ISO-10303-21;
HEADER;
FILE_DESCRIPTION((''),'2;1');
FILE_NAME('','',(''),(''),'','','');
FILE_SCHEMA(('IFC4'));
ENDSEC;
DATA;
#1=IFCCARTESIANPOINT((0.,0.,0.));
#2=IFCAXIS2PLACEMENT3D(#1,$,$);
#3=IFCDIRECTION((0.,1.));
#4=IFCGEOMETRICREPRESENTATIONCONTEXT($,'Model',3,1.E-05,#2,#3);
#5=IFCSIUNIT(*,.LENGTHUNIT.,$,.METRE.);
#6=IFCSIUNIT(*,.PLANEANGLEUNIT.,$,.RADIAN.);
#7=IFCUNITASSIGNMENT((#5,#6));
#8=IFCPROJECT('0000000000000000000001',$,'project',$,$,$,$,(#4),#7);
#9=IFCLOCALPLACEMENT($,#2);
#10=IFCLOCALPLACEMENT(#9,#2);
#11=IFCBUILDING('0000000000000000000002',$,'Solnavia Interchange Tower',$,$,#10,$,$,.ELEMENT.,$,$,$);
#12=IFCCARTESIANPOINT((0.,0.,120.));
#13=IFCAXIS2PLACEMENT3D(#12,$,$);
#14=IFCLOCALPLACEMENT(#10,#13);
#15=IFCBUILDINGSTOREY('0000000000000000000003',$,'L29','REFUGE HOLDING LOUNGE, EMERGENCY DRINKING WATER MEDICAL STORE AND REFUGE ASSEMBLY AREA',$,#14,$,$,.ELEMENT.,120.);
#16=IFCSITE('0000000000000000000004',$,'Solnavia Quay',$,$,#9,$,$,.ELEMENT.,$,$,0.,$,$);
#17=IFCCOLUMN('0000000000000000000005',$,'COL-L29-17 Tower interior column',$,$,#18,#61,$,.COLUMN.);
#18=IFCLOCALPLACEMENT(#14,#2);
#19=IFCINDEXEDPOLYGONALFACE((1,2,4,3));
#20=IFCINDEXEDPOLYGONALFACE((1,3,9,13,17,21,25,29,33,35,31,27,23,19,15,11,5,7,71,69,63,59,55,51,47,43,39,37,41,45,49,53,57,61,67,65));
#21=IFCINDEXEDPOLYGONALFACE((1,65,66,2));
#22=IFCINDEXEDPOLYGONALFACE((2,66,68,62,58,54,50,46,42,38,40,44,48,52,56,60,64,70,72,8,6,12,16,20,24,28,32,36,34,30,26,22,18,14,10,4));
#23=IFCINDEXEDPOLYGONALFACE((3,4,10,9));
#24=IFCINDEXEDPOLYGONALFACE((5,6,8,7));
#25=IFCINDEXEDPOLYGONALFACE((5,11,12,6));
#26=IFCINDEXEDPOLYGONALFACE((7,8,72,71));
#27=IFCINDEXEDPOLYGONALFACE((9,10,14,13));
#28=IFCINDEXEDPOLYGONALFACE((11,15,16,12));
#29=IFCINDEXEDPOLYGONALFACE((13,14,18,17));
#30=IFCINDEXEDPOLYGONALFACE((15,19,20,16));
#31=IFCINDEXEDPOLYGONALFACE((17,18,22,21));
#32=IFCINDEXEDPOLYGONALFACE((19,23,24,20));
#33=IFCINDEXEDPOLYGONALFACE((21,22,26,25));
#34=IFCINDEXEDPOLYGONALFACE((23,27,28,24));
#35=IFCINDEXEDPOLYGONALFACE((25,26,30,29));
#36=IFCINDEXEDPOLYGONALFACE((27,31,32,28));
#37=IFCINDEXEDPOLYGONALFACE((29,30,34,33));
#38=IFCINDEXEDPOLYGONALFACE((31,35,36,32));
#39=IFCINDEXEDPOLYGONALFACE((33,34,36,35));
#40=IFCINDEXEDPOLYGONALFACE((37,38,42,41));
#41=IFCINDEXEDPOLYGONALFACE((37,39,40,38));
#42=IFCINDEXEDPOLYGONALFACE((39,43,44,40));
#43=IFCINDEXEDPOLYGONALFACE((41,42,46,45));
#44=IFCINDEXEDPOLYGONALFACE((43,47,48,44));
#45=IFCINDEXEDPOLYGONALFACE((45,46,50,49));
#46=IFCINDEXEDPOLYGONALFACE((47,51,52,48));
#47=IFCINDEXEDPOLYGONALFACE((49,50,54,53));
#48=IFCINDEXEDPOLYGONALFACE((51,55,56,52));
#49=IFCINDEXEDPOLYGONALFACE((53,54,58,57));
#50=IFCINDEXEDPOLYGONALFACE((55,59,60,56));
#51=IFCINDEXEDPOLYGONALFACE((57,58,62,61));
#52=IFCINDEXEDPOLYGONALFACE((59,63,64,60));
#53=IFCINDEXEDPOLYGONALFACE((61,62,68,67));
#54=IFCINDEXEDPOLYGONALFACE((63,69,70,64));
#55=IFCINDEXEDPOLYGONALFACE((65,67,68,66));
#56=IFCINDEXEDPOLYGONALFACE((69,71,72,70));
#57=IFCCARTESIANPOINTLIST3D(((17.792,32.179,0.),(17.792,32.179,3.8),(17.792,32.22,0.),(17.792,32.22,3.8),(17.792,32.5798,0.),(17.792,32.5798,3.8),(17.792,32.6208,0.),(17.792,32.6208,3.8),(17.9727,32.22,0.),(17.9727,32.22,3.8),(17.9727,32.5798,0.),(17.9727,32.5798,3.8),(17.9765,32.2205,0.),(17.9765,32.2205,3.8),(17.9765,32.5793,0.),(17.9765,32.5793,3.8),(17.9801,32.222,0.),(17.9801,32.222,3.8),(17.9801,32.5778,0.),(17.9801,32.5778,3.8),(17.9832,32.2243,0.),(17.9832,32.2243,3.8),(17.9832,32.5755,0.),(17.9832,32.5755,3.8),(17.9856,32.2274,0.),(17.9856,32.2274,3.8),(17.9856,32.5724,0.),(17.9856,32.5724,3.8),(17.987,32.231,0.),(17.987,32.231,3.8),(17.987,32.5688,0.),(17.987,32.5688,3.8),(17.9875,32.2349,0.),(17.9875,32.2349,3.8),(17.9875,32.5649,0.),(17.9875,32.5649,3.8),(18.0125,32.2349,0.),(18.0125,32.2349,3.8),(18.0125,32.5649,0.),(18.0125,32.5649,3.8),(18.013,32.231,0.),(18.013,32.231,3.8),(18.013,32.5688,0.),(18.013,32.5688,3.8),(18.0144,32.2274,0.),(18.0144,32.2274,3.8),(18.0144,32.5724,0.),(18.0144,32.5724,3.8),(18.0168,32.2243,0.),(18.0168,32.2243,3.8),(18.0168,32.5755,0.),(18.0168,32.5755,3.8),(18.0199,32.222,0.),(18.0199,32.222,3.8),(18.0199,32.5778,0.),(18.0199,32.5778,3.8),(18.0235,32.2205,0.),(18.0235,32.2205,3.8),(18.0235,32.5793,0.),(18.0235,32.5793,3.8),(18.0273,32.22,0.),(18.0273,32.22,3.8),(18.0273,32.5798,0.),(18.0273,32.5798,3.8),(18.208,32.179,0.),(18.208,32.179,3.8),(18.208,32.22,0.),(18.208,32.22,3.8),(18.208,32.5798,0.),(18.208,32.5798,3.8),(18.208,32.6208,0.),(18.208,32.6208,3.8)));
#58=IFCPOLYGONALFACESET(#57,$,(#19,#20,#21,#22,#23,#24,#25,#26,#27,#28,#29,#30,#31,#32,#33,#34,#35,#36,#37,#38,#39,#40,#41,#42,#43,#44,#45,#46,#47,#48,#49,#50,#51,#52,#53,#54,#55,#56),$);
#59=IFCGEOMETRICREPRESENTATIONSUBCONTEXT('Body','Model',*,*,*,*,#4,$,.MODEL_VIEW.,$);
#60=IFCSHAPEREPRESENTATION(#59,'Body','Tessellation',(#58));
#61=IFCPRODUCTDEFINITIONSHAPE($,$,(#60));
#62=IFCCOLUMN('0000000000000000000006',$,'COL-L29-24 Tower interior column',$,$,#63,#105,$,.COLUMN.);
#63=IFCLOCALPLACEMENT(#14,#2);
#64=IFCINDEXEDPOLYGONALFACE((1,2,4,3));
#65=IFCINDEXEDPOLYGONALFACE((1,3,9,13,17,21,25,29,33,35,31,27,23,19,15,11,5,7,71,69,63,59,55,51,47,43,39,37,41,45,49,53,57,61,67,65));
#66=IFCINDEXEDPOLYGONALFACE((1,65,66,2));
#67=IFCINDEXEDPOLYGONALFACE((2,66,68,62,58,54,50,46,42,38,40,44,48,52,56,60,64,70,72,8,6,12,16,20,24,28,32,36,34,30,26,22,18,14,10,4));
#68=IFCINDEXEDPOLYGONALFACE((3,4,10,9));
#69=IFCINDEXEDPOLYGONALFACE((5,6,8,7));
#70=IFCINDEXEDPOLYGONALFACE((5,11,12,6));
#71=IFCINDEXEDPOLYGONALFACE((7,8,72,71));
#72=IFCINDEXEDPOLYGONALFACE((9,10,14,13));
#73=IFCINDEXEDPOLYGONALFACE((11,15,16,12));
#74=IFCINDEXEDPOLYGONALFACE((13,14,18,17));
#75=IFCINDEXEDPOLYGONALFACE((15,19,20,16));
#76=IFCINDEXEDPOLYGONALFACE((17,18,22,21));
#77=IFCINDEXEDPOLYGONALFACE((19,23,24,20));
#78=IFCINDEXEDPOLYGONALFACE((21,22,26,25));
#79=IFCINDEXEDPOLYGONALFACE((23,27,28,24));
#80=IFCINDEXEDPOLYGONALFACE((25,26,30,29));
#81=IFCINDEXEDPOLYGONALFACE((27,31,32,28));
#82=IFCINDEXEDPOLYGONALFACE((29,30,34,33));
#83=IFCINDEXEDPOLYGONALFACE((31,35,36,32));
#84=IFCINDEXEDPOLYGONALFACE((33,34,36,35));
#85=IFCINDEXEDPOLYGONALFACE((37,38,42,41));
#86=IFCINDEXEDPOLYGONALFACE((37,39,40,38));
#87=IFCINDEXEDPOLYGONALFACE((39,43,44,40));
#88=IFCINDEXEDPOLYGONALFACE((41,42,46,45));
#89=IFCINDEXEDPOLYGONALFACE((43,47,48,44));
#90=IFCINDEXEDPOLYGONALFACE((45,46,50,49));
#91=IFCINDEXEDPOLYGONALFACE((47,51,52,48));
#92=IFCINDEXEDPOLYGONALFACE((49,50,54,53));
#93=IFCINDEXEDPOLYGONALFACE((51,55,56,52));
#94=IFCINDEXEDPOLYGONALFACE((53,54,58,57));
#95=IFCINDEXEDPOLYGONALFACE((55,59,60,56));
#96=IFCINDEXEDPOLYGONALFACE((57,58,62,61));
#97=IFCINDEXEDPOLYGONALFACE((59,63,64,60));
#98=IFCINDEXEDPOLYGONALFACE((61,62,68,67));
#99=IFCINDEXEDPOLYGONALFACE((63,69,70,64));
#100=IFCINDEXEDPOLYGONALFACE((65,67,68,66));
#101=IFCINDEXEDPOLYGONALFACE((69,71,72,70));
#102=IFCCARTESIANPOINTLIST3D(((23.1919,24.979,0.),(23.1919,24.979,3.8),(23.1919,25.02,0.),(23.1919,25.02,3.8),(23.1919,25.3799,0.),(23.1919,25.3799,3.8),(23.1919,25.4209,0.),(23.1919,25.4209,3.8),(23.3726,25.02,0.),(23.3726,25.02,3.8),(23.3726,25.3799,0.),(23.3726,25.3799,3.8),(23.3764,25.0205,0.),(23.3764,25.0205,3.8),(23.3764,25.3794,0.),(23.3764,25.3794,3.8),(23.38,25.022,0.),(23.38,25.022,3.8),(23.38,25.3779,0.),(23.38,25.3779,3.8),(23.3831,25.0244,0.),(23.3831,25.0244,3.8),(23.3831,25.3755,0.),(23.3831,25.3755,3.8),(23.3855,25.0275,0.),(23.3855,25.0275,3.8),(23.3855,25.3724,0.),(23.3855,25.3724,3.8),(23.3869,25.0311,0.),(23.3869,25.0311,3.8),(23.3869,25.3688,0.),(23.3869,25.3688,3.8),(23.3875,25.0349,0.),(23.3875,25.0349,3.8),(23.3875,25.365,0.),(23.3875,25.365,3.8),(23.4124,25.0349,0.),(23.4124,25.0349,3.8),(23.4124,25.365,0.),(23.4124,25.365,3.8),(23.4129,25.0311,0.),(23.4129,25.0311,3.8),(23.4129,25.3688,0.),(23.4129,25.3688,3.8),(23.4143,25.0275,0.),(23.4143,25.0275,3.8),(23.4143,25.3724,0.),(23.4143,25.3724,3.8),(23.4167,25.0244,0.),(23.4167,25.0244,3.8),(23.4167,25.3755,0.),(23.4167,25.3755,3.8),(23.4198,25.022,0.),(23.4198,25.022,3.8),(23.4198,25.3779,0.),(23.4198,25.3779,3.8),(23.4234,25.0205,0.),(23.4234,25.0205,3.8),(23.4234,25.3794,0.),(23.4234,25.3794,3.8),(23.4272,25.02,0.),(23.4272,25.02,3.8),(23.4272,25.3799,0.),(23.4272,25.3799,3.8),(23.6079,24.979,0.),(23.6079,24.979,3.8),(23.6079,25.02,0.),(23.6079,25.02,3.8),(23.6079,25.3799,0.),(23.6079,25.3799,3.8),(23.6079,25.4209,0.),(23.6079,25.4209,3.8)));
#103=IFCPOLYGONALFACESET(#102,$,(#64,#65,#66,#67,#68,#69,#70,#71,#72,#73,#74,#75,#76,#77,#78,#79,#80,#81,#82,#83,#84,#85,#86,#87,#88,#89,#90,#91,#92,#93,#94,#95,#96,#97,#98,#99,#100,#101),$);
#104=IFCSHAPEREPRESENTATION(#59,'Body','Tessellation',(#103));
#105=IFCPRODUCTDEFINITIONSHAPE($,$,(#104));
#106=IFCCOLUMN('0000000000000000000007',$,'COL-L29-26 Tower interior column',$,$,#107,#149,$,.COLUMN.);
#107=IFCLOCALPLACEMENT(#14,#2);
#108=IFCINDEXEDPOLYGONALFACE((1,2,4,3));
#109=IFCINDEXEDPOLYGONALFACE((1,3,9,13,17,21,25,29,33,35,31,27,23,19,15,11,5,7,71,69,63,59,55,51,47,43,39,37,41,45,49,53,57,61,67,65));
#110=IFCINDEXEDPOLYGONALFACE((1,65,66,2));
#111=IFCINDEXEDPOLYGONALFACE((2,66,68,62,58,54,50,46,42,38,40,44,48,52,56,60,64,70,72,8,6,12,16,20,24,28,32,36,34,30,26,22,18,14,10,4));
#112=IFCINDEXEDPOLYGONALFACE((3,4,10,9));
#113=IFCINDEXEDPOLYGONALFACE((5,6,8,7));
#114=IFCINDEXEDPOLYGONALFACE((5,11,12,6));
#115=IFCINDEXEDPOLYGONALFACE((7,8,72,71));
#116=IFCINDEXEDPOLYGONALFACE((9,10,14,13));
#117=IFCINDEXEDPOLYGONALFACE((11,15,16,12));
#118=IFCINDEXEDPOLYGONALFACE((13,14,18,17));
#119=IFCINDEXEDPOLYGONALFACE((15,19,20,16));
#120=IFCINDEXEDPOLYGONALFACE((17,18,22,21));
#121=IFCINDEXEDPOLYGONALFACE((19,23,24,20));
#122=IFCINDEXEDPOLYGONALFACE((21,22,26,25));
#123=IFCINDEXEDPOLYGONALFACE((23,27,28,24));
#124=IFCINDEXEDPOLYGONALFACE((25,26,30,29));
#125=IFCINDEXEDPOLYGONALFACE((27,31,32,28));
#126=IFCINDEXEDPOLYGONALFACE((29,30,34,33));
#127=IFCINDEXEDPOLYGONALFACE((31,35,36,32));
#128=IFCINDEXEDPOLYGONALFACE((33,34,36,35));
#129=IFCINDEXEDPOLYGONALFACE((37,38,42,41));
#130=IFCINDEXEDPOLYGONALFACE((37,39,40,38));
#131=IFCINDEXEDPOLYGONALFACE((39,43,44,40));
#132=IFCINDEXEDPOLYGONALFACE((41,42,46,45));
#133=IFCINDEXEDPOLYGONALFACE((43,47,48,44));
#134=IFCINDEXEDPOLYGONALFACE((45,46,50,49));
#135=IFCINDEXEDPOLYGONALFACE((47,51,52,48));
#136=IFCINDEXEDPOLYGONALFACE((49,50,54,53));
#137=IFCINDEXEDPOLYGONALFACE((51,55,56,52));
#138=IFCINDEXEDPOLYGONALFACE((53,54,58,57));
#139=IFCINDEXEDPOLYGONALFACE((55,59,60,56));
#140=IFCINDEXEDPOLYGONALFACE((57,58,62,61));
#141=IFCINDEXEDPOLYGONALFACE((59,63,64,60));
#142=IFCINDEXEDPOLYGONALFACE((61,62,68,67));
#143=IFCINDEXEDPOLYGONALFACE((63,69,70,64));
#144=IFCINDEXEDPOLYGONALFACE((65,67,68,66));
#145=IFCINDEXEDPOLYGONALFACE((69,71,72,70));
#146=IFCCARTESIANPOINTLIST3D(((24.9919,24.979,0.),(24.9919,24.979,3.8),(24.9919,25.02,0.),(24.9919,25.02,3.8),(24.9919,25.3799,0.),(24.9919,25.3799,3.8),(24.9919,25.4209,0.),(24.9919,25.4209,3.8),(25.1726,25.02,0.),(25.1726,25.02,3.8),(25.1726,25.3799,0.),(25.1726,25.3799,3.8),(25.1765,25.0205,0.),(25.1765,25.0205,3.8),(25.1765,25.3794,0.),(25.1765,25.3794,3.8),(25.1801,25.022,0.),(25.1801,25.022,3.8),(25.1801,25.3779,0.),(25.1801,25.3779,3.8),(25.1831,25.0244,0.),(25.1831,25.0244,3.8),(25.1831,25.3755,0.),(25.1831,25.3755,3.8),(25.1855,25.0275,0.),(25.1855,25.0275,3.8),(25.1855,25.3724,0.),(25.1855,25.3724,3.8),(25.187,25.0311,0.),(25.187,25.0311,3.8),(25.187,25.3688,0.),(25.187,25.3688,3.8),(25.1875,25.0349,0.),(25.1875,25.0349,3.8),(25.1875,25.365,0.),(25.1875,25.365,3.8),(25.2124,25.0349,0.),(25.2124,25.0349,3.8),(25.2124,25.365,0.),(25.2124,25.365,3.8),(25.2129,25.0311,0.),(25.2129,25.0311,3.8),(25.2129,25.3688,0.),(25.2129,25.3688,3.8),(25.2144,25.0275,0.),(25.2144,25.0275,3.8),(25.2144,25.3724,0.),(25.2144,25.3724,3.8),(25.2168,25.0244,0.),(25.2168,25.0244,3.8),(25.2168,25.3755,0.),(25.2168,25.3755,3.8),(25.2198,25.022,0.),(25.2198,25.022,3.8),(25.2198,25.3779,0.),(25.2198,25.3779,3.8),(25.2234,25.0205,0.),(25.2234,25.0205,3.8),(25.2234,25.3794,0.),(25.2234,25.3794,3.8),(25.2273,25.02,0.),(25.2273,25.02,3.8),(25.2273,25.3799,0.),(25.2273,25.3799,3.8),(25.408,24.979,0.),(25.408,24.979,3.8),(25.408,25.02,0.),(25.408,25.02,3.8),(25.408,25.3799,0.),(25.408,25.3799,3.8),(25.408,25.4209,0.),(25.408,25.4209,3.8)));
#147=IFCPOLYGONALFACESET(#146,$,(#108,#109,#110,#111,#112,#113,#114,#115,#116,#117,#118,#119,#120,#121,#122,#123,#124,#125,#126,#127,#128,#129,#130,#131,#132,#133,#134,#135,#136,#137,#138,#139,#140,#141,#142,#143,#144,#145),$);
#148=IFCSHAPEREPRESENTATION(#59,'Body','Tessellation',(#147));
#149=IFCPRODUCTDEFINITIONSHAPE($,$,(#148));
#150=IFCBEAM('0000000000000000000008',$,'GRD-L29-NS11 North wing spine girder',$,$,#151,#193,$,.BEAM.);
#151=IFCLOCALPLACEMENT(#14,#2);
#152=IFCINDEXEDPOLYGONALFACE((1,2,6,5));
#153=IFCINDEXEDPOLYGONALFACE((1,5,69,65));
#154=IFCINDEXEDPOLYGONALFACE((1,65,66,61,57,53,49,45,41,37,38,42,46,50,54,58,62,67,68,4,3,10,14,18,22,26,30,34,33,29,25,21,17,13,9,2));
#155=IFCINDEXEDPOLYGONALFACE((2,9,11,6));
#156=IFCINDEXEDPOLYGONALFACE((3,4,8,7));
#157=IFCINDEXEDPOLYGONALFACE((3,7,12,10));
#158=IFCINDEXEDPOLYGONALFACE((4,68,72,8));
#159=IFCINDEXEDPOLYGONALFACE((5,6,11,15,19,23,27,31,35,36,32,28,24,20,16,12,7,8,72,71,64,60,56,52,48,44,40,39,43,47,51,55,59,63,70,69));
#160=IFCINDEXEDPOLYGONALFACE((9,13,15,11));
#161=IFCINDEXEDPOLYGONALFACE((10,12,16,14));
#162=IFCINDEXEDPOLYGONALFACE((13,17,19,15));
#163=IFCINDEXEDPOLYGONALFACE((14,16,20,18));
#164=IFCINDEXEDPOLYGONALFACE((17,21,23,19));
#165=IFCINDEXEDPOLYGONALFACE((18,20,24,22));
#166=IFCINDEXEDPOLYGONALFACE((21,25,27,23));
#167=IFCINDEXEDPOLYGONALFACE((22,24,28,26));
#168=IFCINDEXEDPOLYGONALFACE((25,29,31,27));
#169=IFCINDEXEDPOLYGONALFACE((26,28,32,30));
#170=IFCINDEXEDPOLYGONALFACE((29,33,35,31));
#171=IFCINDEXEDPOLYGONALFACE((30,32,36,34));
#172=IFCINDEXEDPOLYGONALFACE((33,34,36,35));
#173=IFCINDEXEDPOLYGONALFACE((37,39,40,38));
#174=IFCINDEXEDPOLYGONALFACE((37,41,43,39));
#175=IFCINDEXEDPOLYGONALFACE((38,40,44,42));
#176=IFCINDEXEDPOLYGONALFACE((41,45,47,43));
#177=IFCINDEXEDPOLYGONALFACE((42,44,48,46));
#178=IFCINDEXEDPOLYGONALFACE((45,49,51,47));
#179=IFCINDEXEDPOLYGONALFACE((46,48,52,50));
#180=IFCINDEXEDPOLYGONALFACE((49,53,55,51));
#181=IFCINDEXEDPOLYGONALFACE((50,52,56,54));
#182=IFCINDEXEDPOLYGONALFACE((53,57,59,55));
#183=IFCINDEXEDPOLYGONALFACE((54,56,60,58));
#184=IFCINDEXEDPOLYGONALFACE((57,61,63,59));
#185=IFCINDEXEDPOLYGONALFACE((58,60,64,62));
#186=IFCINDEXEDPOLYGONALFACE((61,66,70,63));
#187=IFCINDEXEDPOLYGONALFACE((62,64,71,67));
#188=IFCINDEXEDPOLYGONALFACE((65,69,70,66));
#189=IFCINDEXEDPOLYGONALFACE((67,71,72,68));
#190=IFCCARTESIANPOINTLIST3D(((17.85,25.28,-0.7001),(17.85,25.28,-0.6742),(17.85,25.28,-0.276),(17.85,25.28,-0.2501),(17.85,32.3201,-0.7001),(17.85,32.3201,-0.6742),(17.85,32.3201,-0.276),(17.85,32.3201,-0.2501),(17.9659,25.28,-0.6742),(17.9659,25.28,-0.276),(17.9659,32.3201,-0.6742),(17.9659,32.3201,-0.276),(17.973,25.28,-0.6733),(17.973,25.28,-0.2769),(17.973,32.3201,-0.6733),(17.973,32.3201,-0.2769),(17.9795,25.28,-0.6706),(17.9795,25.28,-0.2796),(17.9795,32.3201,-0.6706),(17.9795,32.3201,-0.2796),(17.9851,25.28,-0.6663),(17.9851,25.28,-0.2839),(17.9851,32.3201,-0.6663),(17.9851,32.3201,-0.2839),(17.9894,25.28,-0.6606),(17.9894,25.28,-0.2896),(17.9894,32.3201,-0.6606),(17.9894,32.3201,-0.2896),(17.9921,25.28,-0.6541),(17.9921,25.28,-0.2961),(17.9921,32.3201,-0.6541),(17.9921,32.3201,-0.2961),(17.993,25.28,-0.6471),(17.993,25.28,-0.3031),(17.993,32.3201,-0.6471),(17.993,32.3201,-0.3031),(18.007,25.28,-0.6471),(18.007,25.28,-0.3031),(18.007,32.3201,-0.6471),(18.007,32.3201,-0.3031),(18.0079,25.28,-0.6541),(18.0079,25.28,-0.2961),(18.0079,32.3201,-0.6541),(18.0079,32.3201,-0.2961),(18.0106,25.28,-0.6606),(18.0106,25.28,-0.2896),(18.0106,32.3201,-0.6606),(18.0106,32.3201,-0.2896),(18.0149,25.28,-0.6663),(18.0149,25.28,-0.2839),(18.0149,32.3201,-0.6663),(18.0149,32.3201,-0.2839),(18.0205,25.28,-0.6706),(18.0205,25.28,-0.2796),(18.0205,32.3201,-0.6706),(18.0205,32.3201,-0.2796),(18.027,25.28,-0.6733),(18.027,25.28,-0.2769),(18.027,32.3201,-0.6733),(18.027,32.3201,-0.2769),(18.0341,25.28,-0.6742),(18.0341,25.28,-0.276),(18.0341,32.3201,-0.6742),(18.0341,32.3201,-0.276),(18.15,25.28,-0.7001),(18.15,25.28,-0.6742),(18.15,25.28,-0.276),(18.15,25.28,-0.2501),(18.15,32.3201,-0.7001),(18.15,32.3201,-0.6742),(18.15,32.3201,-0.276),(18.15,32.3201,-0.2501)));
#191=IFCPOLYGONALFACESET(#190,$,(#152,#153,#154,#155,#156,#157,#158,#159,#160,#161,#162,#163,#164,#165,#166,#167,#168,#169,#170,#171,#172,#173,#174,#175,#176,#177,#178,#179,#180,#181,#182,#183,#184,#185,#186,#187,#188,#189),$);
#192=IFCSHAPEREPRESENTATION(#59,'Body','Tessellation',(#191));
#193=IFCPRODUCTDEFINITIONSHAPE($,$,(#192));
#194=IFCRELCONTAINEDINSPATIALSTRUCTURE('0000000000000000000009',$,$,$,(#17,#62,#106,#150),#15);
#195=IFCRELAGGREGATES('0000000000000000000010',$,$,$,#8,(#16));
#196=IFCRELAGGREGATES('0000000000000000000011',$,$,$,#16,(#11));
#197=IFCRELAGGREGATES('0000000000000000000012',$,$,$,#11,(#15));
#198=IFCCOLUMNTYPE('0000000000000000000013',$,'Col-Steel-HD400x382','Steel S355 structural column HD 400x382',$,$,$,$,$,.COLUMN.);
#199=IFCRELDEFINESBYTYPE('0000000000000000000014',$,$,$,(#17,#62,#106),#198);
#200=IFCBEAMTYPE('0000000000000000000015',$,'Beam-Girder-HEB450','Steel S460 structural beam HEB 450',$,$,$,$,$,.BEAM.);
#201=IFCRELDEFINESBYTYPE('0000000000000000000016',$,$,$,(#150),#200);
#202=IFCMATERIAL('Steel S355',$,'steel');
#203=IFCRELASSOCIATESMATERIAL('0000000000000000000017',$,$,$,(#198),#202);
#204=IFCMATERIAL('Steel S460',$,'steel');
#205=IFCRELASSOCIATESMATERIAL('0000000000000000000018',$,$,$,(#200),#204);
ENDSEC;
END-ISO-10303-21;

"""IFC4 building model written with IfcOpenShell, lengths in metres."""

from ifc_helpers import new_model, si_unit, direction, frame, origin, origin_2d, place, context, subcontext, project, spatial, i_section, extrude, material, material_profile, profile_set, type_object, element, save


model = new_model("IFC4")

# Units and contexts
model_context = context("Model", 3, precision=1e-05, world=origin(), true_north=direction((0.0, 1.0)))
body_context = subcontext(model_context, "Body", "Model", "MODEL_VIEW")
ifc_project = project(units=[si_unit("LENGTHUNIT", "METRE"), si_unit("PLANEANGLEUNIT", "RADIAN")], contexts=[model_context])

# Site, building, storey
site_placement = place(None, origin())
site = spatial("IfcSite", under=ifc_project, at=site_placement, Name="Solnavia Quay", CompositionType="ELEMENT", RefElevation=0.0)
building_placement = place(site_placement, origin())
building = spatial("IfcBuilding", under=site, at=building_placement, Name="Solnavia Interchange Tower", CompositionType="ELEMENT")
storey_placement = place(building_placement, frame((0.0, 0.0, 120.0)))
storey = spatial("IfcBuildingStorey", under=building, at=storey_placement, Name="L29", Description="REFUGE HOLDING LOUNGE, EMERGENCY DRINKING WATER MEDICAL STORE AND REFUGE ASSEMBLY AREA", CompositionType="ELEMENT", Elevation=120.0)

# Columns
ifc_material_1 = material(Name="Steel S355", Category="steel")
ifc_material_profile_1 = material_profile(ifc_material_1, i_section(OverallWidth=0.416, OverallDepth=0.4419, WebThickness=0.0249, FlangeThickness=0.041, FilletRadius=0.0149, at=origin_2d()), Name="HD 400x382")
ifc_profile_set_1 = profile_set([ifc_material_profile_1], Name="Steel S355")
column_type = type_object("IfcColumnType", Name="Col-Steel-HD400x382", Description="Steel S355 structural column HD 400x382", PredefinedType="COLUMN", material=ifc_profile_set_1)
for number, where, z_axis, x_axis, name in (
    (1, (18.0, 32.3999, 0.0), (0.0, 0.0, 1.0), (1.0, 0.0, 0.0), "COL-L29-17 Tower interior column"),
    (2, (23.3999, 25.2, 0.0), (0.0, 0.0, 1.0), (1.0, 0.0, 0.0), "COL-L29-24 Tower interior column"),
    (3, (25.2, 25.2, 0.0), (0.0, 0.0, 1.0), (1.0, 0.0, 0.0), "COL-L29-26 Tower interior column"),
):
    element("IfcColumn", number, at=place(storey_placement, frame(where, z_axis=z_axis, x_axis=x_axis)), inside=storey, type_object=column_type, Name=name, PredefinedType="COLUMN", context=body_context, shape_type="SweptSolid", body=[
        extrude(i_section(OverallWidth=0.416, OverallDepth=0.4419, WebThickness=0.0249, FlangeThickness=0.041, FilletRadius=0.0149, at=origin_2d()), origin(), (0.0, 0.0, 1.0), 3.8),
    ])

# Beam
ifc_material_2 = material(Name="Steel S460", Category="steel")
ifc_material_profile_2 = material_profile(ifc_material_2, i_section(OverallWidth=0.3, OverallDepth=0.45, WebThickness=0.0139, FlangeThickness=0.0259, FilletRadius=0.0271, at=origin_2d()), Name="HEB 450")
ifc_profile_set_2 = profile_set([ifc_material_profile_2], Name="Steel S460")
beam_type_1 = type_object("IfcBeamType", Name="Beam-Girder-HEB450", Description="Steel S460 structural beam HEB 450", PredefinedType="BEAM", material=ifc_profile_set_2)
for number, where, z_axis, x_axis, name in (
    (4, (18.0, 25.28, -0.4751), (0.0, 1.0, 0.0), (-1.0, 0.0, 0.0), "GRD-L29-NS11 North wing spine girder"),
):
    element("IfcBeam", number, at=place(storey_placement, frame(where, z_axis=z_axis, x_axis=x_axis)), inside=storey, type_object=beam_type_1, Name=name, PredefinedType="BEAM", context=body_context, shape_type="SweptSolid", body=[
        extrude(i_section(OverallWidth=0.3, OverallDepth=0.45, WebThickness=0.0139, FlangeThickness=0.0259, FilletRadius=0.0271, at=origin_2d()), origin(), (0.0, 0.0, 1.0), 7.04),
    ])

save(model, "model.ifc")
